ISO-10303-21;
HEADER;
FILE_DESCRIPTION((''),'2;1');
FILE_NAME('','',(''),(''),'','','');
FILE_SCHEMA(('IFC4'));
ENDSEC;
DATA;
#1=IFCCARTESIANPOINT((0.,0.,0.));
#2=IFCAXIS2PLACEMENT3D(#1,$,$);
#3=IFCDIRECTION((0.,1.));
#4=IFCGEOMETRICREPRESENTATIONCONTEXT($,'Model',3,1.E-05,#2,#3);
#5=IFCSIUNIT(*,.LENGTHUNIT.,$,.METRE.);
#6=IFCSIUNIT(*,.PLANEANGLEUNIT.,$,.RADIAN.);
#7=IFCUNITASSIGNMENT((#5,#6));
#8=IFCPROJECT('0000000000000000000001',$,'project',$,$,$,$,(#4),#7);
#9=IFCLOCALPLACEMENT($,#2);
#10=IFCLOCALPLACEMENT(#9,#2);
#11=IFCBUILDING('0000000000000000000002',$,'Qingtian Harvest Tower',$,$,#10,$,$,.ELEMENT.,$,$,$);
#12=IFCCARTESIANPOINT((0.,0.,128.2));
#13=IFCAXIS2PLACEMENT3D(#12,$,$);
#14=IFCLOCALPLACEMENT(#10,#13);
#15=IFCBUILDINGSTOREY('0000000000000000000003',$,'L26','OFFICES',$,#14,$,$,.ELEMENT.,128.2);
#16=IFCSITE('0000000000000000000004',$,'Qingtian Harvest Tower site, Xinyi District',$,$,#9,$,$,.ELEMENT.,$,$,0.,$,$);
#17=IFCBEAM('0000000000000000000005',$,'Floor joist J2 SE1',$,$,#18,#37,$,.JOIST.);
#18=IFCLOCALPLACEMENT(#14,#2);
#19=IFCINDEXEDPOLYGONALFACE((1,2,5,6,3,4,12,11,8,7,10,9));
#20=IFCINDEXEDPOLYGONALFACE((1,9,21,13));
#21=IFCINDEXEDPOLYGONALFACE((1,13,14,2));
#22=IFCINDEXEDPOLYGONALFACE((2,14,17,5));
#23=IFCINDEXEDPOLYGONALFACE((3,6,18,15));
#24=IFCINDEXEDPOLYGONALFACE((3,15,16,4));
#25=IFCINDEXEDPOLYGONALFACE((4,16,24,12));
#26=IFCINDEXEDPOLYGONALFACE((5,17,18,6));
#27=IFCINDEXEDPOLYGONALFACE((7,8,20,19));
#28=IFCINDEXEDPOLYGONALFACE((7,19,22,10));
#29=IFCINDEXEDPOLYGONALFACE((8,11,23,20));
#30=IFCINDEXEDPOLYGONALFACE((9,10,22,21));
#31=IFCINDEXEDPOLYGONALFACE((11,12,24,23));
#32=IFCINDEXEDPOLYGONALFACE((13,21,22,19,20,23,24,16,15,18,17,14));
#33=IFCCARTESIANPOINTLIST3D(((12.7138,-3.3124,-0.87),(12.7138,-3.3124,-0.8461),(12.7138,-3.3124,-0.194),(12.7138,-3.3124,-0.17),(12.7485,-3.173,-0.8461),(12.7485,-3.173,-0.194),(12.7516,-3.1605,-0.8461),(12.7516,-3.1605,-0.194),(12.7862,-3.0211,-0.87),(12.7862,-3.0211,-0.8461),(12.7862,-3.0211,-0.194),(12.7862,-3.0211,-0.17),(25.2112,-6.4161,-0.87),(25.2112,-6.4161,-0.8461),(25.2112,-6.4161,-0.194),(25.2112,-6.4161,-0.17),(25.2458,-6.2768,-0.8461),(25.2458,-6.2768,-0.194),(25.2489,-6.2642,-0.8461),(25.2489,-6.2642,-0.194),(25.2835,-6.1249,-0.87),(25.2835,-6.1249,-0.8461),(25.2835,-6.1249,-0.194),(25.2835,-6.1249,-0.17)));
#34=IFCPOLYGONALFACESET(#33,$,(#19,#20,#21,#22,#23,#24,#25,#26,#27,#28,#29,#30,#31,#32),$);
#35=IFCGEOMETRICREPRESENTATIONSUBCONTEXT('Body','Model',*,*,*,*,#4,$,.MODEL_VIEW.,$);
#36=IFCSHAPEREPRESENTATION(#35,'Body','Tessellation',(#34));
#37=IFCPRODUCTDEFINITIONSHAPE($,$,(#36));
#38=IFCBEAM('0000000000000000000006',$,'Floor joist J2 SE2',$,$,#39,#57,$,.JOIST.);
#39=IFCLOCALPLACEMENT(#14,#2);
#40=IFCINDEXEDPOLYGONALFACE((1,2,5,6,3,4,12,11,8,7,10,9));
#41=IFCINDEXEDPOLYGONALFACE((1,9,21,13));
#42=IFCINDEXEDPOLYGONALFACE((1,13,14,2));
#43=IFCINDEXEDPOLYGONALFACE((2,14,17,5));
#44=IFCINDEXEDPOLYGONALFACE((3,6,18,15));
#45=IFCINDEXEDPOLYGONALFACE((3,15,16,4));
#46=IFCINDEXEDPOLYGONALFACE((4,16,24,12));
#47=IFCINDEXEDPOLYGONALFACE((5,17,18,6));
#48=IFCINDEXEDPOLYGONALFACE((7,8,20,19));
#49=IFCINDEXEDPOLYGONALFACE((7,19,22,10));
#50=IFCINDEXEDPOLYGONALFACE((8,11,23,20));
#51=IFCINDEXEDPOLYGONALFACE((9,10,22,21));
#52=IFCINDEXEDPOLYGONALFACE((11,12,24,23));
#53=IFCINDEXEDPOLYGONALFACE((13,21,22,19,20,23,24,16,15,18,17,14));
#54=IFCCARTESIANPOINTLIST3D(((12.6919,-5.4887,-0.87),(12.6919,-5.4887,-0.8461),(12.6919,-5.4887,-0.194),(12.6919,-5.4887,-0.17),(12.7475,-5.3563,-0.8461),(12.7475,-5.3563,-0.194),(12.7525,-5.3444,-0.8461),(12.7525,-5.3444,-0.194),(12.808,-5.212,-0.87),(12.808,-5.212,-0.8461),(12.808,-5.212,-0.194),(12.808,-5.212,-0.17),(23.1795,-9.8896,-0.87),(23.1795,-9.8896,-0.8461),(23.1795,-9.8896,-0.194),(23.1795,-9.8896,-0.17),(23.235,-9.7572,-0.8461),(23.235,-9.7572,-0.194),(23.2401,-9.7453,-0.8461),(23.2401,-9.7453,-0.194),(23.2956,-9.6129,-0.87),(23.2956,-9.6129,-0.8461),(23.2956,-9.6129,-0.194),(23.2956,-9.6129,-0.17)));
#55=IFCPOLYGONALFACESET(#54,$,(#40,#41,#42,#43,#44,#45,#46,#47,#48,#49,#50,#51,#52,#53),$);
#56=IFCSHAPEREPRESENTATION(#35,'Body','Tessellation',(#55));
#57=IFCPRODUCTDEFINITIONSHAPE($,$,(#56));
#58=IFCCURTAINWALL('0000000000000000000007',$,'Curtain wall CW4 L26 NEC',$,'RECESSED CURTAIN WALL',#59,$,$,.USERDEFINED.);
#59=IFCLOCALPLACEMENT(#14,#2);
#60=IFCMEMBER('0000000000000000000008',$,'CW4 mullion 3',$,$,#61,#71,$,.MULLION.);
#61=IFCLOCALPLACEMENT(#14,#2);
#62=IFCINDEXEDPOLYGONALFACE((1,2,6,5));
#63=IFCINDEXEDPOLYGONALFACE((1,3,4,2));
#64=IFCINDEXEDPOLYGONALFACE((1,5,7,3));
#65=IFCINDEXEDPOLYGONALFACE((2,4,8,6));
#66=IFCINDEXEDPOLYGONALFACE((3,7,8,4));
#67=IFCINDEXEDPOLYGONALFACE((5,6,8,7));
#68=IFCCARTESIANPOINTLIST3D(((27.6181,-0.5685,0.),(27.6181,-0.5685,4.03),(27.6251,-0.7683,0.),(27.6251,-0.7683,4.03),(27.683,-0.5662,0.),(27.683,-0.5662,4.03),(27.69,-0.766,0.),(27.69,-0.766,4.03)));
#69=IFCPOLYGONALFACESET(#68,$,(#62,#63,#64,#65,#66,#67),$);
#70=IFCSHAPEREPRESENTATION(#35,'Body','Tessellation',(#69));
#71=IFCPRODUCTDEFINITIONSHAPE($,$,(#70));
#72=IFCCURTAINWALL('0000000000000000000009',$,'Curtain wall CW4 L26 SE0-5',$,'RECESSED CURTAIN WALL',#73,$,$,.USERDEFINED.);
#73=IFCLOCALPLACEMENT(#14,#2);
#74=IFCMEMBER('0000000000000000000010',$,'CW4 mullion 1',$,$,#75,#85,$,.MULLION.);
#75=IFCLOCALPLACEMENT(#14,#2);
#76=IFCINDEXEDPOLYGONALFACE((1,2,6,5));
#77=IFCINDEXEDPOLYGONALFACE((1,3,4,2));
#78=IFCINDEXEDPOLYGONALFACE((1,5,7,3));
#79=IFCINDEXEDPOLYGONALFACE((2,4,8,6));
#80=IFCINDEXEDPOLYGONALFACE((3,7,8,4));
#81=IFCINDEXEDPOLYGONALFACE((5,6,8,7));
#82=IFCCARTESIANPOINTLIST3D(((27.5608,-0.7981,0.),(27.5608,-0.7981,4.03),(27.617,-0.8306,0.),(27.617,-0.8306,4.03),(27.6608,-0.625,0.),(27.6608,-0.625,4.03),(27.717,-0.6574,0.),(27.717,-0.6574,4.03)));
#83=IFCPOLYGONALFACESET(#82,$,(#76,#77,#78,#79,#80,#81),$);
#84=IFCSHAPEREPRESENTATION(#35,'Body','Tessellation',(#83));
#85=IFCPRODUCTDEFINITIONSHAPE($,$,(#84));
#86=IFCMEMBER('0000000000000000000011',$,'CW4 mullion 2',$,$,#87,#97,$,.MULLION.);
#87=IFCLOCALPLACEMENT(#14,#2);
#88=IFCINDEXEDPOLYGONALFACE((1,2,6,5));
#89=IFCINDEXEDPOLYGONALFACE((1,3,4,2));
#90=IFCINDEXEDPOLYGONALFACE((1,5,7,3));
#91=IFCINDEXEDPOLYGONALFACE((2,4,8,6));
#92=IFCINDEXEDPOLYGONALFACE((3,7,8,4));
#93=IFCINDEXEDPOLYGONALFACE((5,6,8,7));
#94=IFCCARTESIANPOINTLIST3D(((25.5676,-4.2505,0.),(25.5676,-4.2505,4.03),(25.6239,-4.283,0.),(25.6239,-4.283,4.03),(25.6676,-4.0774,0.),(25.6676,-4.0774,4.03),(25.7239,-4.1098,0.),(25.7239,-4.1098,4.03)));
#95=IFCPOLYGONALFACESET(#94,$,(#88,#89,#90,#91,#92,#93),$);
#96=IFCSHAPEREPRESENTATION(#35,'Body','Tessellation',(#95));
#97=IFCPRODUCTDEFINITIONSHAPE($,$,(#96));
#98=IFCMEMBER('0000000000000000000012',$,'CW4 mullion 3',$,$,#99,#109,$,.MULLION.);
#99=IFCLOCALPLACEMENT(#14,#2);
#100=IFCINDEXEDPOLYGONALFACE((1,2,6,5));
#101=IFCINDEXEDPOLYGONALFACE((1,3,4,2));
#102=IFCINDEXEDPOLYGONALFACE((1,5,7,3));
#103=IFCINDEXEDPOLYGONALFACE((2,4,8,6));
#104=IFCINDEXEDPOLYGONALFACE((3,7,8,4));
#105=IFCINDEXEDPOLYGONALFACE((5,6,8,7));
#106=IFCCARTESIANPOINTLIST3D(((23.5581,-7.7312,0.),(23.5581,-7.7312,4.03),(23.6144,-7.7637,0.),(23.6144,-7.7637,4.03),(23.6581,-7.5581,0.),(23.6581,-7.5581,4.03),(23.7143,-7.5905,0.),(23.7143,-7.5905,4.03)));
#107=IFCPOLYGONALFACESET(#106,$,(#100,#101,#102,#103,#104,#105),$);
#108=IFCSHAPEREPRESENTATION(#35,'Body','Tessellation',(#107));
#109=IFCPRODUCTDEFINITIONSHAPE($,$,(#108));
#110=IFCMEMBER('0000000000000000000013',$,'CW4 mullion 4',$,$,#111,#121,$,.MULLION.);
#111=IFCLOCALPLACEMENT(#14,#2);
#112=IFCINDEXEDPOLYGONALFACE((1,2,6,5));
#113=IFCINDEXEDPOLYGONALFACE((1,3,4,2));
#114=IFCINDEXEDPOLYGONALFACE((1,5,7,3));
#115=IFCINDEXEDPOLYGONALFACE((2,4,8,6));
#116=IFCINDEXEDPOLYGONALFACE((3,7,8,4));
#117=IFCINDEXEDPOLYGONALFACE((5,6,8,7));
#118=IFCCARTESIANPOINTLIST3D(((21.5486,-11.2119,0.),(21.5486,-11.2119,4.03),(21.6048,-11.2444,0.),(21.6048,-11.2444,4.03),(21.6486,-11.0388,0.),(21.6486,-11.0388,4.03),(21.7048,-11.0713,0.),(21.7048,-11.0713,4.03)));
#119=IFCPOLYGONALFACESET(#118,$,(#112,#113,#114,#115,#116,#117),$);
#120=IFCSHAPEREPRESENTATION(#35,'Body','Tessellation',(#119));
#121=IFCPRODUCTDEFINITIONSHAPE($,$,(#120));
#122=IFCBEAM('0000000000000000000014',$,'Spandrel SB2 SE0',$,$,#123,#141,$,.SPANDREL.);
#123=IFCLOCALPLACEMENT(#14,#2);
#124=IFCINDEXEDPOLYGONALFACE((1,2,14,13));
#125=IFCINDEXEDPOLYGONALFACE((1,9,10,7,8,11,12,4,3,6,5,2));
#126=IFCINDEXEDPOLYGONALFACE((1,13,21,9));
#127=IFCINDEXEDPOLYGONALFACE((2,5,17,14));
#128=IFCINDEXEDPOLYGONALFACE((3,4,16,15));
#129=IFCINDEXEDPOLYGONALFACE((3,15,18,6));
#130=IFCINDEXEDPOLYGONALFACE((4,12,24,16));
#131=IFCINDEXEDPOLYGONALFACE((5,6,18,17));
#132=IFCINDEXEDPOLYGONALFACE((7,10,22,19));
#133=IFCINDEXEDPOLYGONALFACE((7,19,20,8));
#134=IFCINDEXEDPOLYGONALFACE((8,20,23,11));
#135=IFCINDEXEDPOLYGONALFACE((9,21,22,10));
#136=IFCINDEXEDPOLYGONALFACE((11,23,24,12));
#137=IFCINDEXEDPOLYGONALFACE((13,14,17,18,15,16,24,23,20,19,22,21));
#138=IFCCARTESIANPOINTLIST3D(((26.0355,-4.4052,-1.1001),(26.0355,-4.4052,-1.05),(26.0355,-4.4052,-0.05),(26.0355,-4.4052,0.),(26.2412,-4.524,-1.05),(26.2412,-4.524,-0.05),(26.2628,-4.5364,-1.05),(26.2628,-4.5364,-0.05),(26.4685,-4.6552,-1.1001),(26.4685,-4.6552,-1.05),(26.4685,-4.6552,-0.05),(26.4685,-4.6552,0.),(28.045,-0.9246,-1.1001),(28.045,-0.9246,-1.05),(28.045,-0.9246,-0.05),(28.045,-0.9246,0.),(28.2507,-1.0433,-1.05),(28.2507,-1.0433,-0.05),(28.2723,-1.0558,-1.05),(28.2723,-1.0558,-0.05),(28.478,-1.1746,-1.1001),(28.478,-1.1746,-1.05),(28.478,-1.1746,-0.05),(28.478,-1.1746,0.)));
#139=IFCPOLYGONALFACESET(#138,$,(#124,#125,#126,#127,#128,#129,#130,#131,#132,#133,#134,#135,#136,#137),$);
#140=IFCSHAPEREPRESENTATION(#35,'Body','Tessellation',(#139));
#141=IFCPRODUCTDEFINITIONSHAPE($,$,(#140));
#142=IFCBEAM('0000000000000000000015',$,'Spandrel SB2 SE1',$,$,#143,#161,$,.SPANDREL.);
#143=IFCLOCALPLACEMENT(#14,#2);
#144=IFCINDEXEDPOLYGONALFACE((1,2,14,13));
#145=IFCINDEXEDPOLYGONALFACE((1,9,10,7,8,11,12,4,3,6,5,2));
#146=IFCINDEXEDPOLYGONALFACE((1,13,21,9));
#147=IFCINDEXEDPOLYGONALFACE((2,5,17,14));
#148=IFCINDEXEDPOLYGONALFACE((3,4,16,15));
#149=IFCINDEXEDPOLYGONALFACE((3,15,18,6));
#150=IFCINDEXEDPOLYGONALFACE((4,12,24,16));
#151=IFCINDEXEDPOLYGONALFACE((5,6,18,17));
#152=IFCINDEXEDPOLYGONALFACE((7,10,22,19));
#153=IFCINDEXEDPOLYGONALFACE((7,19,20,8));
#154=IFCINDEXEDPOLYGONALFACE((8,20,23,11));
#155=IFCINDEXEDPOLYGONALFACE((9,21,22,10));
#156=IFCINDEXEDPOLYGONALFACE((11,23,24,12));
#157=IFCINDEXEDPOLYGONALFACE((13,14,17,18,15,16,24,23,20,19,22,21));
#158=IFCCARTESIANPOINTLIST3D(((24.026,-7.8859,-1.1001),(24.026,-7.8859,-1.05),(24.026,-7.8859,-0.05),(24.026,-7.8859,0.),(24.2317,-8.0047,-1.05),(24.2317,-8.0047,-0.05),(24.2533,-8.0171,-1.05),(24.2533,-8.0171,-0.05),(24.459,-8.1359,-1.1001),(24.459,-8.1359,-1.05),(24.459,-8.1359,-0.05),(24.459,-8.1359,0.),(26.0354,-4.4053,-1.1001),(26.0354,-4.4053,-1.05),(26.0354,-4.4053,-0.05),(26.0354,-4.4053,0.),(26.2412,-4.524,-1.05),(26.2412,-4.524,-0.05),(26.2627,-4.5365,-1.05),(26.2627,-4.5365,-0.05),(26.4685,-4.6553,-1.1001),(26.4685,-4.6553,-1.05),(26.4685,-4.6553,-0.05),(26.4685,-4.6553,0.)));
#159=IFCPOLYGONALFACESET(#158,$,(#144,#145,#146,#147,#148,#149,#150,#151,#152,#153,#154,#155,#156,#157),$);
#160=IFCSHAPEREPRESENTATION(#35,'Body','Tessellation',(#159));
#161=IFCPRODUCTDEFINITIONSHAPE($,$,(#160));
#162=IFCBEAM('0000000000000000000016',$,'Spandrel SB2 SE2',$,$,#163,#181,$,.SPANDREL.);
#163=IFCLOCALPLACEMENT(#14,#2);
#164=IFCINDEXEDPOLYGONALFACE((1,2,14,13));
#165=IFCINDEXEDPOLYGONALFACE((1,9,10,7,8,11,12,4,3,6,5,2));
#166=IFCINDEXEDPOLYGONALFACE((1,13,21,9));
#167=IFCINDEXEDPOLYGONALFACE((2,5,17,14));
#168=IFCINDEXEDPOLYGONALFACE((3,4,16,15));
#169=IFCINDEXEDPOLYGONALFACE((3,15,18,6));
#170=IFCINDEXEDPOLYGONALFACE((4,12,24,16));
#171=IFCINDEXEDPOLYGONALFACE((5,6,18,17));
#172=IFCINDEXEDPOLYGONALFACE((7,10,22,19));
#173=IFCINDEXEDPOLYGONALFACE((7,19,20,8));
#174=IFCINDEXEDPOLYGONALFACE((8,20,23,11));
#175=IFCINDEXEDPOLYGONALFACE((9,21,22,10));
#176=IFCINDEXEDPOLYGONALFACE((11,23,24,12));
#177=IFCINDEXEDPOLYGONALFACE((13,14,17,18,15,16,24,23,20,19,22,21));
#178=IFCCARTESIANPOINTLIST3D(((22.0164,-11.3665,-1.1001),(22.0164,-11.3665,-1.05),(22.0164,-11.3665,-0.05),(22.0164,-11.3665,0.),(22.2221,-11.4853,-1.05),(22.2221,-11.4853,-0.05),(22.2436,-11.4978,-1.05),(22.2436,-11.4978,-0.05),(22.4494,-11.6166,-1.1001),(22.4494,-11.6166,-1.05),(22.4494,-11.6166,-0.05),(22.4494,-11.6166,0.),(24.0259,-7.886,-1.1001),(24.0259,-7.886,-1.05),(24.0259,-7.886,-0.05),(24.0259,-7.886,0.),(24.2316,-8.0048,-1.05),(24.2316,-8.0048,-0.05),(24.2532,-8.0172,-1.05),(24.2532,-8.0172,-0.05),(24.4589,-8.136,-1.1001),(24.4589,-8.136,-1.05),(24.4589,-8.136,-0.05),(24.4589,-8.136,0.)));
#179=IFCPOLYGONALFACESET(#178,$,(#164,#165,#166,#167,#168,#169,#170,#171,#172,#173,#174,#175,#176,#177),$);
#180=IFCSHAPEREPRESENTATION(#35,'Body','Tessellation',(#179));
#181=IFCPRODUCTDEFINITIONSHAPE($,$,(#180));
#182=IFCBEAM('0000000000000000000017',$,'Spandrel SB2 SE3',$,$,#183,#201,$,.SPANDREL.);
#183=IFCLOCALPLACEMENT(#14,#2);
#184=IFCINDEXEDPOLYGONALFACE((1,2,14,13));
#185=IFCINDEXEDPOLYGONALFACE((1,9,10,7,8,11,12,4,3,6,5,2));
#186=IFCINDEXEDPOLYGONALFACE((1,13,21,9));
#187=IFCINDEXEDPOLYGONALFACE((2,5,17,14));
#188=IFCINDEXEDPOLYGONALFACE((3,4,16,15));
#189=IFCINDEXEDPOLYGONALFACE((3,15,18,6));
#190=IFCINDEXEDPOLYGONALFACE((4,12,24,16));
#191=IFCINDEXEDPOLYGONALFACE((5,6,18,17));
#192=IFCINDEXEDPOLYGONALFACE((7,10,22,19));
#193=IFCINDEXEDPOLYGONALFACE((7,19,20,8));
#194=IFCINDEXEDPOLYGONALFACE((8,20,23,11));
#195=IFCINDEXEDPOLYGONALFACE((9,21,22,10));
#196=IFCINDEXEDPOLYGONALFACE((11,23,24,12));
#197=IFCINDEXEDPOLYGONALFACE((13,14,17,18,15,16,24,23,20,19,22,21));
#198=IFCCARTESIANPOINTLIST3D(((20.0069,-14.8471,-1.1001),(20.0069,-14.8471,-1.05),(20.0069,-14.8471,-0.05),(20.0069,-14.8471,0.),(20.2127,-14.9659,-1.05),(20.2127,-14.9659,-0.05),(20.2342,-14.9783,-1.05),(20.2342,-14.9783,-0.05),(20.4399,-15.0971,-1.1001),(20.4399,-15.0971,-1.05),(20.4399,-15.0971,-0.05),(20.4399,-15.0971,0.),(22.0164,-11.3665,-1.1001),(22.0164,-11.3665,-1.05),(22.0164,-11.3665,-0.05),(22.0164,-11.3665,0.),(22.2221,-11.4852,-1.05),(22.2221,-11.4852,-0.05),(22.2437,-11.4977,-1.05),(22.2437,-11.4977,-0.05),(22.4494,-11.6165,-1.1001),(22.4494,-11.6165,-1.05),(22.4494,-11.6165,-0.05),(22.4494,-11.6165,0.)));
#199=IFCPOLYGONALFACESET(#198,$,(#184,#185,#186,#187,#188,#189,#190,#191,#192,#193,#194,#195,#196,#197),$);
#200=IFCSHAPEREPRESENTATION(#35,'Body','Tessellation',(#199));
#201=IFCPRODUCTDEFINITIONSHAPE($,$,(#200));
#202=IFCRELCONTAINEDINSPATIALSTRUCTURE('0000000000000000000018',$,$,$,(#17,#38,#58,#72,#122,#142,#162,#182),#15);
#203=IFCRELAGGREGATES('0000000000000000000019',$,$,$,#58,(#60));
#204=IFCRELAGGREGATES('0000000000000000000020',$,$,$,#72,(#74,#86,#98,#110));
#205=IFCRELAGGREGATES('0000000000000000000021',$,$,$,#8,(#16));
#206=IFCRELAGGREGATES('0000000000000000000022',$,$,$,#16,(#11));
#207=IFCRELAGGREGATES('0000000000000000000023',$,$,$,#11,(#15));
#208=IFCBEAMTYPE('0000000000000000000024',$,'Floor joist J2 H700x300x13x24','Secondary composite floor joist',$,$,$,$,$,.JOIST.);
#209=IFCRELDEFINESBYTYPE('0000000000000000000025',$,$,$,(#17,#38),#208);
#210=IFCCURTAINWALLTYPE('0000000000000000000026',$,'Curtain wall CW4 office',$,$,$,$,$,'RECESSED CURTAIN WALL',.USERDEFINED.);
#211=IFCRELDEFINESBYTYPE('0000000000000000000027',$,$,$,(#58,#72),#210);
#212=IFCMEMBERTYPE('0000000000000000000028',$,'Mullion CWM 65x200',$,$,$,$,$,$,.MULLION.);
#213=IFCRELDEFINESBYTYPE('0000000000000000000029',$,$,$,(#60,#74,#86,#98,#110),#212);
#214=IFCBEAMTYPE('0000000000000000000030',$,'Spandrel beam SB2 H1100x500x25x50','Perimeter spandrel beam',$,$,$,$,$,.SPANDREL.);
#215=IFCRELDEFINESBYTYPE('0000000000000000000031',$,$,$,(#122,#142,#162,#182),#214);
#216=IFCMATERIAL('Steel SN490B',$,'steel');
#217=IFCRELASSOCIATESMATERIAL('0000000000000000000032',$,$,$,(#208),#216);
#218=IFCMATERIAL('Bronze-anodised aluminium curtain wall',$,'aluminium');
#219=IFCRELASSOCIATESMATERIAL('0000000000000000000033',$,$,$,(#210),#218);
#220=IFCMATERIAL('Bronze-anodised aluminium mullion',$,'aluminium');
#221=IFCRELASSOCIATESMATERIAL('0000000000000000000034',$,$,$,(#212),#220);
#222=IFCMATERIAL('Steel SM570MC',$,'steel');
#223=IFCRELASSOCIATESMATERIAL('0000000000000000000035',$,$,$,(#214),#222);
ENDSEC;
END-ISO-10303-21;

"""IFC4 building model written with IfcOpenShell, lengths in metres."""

from ifc_helpers import new_model, si_unit, direction, frame, origin, origin_2d, place, context, subcontext, project, spatial, rectangle, i_section, extrude, material, material_profile, profile_set, type_object, element, aggregate, save


model = new_model("IFC4")

# Units and contexts
model_context = context("Model", 3, precision=1e-05, world=origin(), true_north=direction((0.0, 1.0)))
body_context = subcontext(model_context, "Body", "Model", "MODEL_VIEW")
ifc_project = project(units=[si_unit("LENGTHUNIT", "METRE"), si_unit("PLANEANGLEUNIT", "RADIAN")], contexts=[model_context])

# Site, building, storey
site_placement = place(None, origin())
site = spatial("IfcSite", under=ifc_project, at=site_placement, Name="Qingtian Harvest Tower site, Xinyi District", CompositionType="ELEMENT", RefElevation=0.0)
building_placement = place(site_placement, origin())
building = spatial("IfcBuilding", under=site, at=building_placement, Name="Qingtian Harvest Tower", CompositionType="ELEMENT")
storey_placement = place(building_placement, frame((0.0, 0.0, 128.2)))
storey = spatial("IfcBuildingStorey", under=building, at=storey_placement, Name="L26", Description="OFFICES", CompositionType="ELEMENT", Elevation=128.2)

# Beams
ifc_material_1 = material(Name="Steel SN490B", Category="steel")
ifc_material_profile_1 = material_profile(ifc_material_1, i_section(OverallWidth=0.3, OverallDepth=0.7, WebThickness=0.0129, FlangeThickness=0.0239, at=origin_2d()), Name="H700x300x13x24")
ifc_profile_set_1 = profile_set([ifc_material_profile_1], Name="Steel SN490B")
beam_type_1 = type_object("IfcBeamType", Name="Floor joist J2 H700x300x13x24", Description="Secondary composite floor joist", PredefinedType="JOIST", material=ifc_profile_set_1)
beam_1_placement = place(storey_placement, frame((25.2473, -6.2705, -0.52), z_axis=(-0.970517, 0.241032, 0.0), x_axis=(-0.241032, -0.970517, 0.0)))
element("IfcBeam", 1, at=beam_1_placement, inside=storey, type_object=beam_type_1, Name="Floor joist J2 SE1", PredefinedType="JOIST", context=body_context, shape_type="SweptSolid", body=[
    extrude(i_section(OverallWidth=0.3, OverallDepth=0.7, WebThickness=0.0129, FlangeThickness=0.0239, at=origin_2d()), origin(), (0.0, 0.0, 1.0), 12.877),
])
beam_2_placement = place(storey_placement, frame((23.2375, -9.7512, -0.52), z_axis=(-0.922104, 0.386942, 0.0), x_axis=(-0.386942, -0.922104, 0.0)))
element("IfcBeam", 2, at=beam_2_placement, inside=storey, type_object=beam_type_1, Name="Floor joist J2 SE2", PredefinedType="JOIST", context=body_context, shape_type="SweptSolid", body=[
    extrude(i_section(OverallWidth=0.3, OverallDepth=0.7, WebThickness=0.0129, FlangeThickness=0.0239, at=origin_2d()), origin(), (0.0, 0.0, 1.0), 11.3735),
])

# Curtain wall, member
ifc_material_2 = material(Name="Bronze-anodised aluminium curtain wall", Category="aluminium")
curtain_wall_type = type_object("IfcCurtainWallType", Name="Curtain wall CW4 office", ElementType="RECESSED CURTAIN WALL", PredefinedType="USERDEFINED", material=ifc_material_2)
curtain_wall_1_placement = place(storey_placement, origin())
curtain_wall_1 = element("IfcCurtainWall", 3, at=curtain_wall_1_placement, inside=storey, type_object=curtain_wall_type, Name="Curtain wall CW4 L26 NEC", ObjectType="RECESSED CURTAIN WALL", PredefinedType="USERDEFINED")
ifc_material_3 = material(Name="Bronze-anodised aluminium mullion", Category="aluminium")
ifc_material_profile_2 = material_profile(ifc_material_3, rectangle(XDim=0.0649, YDim=0.2, at=origin_2d()), Name="AL 65x200")
ifc_profile_set_2 = profile_set([ifc_material_profile_2], Name="Bronze-anodised aluminium mullion")
member_type_1 = type_object("IfcMemberType", Name="Mullion CWM 65x200", PredefinedType="MULLION", material=ifc_profile_set_2)
member_1_placement = place(storey_placement, frame((27.6541, -0.6672, 0.0), z_axis=(0.0, 0.0, 1.0), x_axis=(0.999391, 0.034899, 0.0)))
member_1 = element("IfcMember", 4, at=member_1_placement, type_object=member_type_1, Name="CW4 mullion 3", PredefinedType="MULLION", context=body_context, shape_type="SweptSolid", body=[
    extrude(rectangle(XDim=0.0649, YDim=0.2, at=origin_2d()), origin(), (0.0, 0.0, 1.0), 4.03),
])
aggregate(curtain_wall_1, [member_1])

# Curtain wall, members
curtain_wall_2_placement = place(storey_placement, origin())
curtain_wall_2 = element("IfcCurtainWall", 5, at=curtain_wall_2_placement, inside=storey, type_object=curtain_wall_type, Name="Curtain wall CW4 L26 SE0-5", ObjectType="RECESSED CURTAIN WALL", PredefinedType="USERDEFINED")
member_2_placement = place(storey_placement, frame((27.6389, -0.7278, 0.0), z_axis=(0.0, 0.0, 1.0), x_axis=(0.866025, -0.5, 0.0)))
member_2 = element("IfcMember", 6, at=member_2_placement, type_object=member_type_1, Name="CW4 mullion 1", PredefinedType="MULLION", context=body_context, shape_type="SweptSolid", body=[
    extrude(rectangle(XDim=0.0649, YDim=0.2, at=origin_2d()), origin(), (0.0, 0.0, 1.0), 4.03),
])
member_3_placement = place(storey_placement, frame((25.6458, -4.1802, 0.0), z_axis=(0.0, 0.0, 1.0), x_axis=(0.866025, -0.5, 0.0)))
member_3 = element("IfcMember", 7, at=member_3_placement, type_object=member_type_1, Name="CW4 mullion 2", PredefinedType="MULLION", context=body_context, shape_type="SweptSolid", body=[
    extrude(rectangle(XDim=0.0649, YDim=0.2, at=origin_2d()), origin(), (0.0, 0.0, 1.0), 4.03),
])
member_4_placement = place(storey_placement, frame((23.6362, -7.6609, 0.0), z_axis=(0.0, 0.0, 1.0), x_axis=(0.866025, -0.5, 0.0)))
member_4 = element("IfcMember", 8, at=member_4_placement, type_object=member_type_1, Name="CW4 mullion 3", PredefinedType="MULLION", context=body_context, shape_type="SweptSolid", body=[
    extrude(rectangle(XDim=0.0649, YDim=0.2, at=origin_2d()), origin(), (0.0, 0.0, 1.0), 4.03),
])
member_5_placement = place(storey_placement, frame((21.6267, -11.1416, 0.0), z_axis=(0.0, 0.0, 1.0), x_axis=(0.866025, -0.5, 0.0)))
member_5 = element("IfcMember", 9, at=member_5_placement, type_object=member_type_1, Name="CW4 mullion 4", PredefinedType="MULLION", context=body_context, shape_type="SweptSolid", body=[
    extrude(rectangle(XDim=0.0649, YDim=0.2, at=origin_2d()), origin(), (0.0, 0.0, 1.0), 4.03),
])

# Beams
ifc_material_4 = material(Name="Steel SM570MC", Category="steel")
ifc_material_profile_3 = material_profile(ifc_material_4, i_section(OverallWidth=0.5, OverallDepth=1.1001, WebThickness=0.0249, FlangeThickness=0.05, at=origin_2d()), Name="H1100x500x25x50")
ifc_profile_set_3 = profile_set([ifc_material_profile_3], Name="Steel SM570MC")
beam_type_2 = type_object("IfcBeamType", Name="Spandrel beam SB2 H1100x500x25x50", Description="Perimeter spandrel beam", PredefinedType="SPANDREL", material=ifc_profile_set_3)
for number, where, z_axis, x_axis, name in (
    (10, (28.2615, -1.0496, -0.55), (-0.499987, -0.866033, 0.0), (0.866033, -0.499987, 0.0), "Spandrel SB2 SE0"),
    (11, (26.252, -4.5303, -0.55), (-0.499987, -0.866033, 0.0), (0.866033, -0.499987, 0.0), "Spandrel SB2 SE1"),
    (12, (24.2424, -8.011, -0.55), (-0.500013, -0.866018, 0.0), (0.866018, -0.500013, 0.0), "Spandrel SB2 SE2"),
    (13, (22.2329, -11.4915, -0.55), (-0.499987, -0.866033, 0.0), (0.866033, -0.499987, 0.0), "Spandrel SB2 SE3"),
):
    element("IfcBeam", number, at=place(storey_placement, frame(where, z_axis=z_axis, x_axis=x_axis)), inside=storey, type_object=beam_type_2, Name=name, PredefinedType="SPANDREL", context=body_context, shape_type="SweptSolid", body=[
        extrude(i_section(OverallWidth=0.5, OverallDepth=1.1001, WebThickness=0.0249, FlangeThickness=0.05, at=origin_2d()), origin(), (0.0, 0.0, 1.0), 4.019),
    ])

aggregate(curtain_wall_2, [member_2, member_3, member_4, member_5])

save(model, "model.ifc")
